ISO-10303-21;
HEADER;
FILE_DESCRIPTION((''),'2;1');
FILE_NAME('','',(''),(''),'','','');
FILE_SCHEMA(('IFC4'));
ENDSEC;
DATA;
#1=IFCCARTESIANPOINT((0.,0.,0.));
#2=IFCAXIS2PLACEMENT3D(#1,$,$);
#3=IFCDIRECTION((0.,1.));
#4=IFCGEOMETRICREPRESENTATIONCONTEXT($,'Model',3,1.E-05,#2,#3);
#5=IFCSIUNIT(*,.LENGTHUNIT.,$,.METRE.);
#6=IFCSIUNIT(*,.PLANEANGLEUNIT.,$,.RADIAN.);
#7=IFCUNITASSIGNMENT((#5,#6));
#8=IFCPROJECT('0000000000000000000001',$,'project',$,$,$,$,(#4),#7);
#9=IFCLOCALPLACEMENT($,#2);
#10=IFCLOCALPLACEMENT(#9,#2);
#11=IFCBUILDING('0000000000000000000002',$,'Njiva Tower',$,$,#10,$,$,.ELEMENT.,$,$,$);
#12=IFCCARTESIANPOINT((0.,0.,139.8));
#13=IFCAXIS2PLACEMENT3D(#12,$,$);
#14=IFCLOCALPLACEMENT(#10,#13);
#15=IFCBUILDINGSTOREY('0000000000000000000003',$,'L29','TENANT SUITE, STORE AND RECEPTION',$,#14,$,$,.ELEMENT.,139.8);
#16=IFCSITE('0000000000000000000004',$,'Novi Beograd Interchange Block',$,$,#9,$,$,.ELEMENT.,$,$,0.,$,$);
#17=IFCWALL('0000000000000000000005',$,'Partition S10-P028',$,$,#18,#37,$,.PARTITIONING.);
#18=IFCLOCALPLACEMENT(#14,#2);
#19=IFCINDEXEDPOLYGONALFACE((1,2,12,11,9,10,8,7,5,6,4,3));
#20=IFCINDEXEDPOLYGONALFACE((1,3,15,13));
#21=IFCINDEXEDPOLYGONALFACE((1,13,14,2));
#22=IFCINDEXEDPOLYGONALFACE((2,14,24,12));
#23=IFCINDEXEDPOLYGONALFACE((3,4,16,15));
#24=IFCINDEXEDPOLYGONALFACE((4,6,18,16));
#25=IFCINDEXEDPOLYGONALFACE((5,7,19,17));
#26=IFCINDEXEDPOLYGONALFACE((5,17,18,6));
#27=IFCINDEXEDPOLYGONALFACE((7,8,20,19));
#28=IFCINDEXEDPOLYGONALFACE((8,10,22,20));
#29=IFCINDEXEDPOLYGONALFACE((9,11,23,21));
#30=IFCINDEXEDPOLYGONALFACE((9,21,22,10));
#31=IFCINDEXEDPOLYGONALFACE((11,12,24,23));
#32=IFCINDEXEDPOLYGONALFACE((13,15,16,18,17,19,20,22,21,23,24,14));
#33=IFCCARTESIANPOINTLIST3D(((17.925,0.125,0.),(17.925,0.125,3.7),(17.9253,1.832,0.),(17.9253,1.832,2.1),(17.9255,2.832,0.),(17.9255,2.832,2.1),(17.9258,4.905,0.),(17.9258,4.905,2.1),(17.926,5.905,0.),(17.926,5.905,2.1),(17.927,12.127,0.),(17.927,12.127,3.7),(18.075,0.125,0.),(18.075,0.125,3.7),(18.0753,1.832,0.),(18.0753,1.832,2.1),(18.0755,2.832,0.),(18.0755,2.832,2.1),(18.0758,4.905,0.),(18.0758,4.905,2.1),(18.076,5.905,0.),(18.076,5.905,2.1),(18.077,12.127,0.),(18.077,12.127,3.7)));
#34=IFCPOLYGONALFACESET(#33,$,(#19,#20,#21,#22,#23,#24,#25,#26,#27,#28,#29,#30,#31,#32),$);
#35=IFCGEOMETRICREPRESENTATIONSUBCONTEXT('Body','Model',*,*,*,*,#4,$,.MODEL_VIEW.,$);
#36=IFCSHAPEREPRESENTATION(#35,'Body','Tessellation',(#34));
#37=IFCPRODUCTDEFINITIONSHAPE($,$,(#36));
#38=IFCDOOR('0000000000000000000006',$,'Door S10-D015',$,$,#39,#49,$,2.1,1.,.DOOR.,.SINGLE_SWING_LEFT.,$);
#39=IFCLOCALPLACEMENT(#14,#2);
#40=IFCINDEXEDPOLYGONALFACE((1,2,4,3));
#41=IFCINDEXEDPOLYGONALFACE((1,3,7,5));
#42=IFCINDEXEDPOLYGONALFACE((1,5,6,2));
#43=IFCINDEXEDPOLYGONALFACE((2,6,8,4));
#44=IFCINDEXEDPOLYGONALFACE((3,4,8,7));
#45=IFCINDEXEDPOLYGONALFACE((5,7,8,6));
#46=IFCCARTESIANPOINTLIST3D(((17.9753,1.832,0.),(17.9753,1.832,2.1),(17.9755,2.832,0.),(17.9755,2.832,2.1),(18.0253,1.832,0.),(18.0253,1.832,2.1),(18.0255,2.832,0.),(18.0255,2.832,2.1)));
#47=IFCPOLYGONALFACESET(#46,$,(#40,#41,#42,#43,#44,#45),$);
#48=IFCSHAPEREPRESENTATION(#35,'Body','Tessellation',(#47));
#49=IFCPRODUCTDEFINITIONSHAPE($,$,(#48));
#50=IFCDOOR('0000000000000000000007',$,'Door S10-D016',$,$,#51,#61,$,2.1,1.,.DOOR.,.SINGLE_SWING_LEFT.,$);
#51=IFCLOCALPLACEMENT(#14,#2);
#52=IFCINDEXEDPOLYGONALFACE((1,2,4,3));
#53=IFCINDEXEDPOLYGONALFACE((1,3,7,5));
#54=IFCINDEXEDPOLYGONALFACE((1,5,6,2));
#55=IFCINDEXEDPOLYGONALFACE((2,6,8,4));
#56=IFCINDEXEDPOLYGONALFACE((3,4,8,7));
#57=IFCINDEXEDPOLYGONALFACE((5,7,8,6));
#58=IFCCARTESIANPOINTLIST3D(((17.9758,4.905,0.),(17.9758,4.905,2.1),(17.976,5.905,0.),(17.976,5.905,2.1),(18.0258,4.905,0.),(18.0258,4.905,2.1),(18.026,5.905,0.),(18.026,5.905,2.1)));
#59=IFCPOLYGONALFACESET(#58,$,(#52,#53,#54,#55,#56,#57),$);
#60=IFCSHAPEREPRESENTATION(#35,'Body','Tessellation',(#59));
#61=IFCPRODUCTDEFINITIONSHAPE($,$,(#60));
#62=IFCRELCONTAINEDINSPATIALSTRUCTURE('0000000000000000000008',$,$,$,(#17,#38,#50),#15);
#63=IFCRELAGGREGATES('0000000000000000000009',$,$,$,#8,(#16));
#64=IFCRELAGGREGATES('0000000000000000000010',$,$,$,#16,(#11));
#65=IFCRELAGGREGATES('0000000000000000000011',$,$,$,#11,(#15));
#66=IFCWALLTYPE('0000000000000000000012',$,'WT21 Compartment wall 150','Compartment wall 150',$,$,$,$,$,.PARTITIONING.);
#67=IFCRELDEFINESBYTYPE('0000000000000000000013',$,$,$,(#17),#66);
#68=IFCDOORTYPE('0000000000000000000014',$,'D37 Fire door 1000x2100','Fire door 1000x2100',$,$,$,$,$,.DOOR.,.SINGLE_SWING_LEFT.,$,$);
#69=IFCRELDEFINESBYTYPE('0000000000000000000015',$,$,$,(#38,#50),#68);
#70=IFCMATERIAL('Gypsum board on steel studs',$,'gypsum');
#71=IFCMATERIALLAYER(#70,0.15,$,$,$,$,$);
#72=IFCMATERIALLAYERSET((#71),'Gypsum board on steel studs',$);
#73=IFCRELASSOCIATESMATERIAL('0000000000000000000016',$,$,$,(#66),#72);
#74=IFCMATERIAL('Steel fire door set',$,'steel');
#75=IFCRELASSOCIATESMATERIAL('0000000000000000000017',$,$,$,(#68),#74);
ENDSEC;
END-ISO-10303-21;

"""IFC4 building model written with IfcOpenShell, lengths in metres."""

from ifc_helpers import new_model, si_unit, direction, frame, frame_2d, origin, place, context, subcontext, project, spatial, rectangle, extrude, material, layer, layer_set, type_object, element, fill, save


model = new_model("IFC4")

# Units and contexts
model_context = context("Model", 3, precision=1e-05, world=origin(), true_north=direction((0.0, 1.0)))
body_context = subcontext(model_context, "Body", "Model", "MODEL_VIEW")
ifc_project = project(units=[si_unit("LENGTHUNIT", "METRE"), si_unit("PLANEANGLEUNIT", "RADIAN")], contexts=[model_context])

# Site, building, storey
site_placement = place(None, origin())
site = spatial("IfcSite", under=ifc_project, at=site_placement, Name="Novi Beograd Interchange Block", CompositionType="ELEMENT", RefElevation=0.0)
building_placement = place(site_placement, origin())
building = spatial("IfcBuilding", under=site, at=building_placement, Name="Njiva Tower", CompositionType="ELEMENT")
storey_placement = place(building_placement, frame((0.0, 0.0, 139.8)))
storey = spatial("IfcBuildingStorey", under=building, at=storey_placement, Name="L29", Description="TENANT SUITE, STORE AND RECEPTION", CompositionType="ELEMENT", Elevation=139.8)

# Shared definitions
ifc_material_1 = material(Name="Gypsum board on steel studs", Category="gypsum")
ifc_layer_1 = layer(ifc_material_1, 0.15)
ifc_layer_set_1 = layer_set([ifc_layer_1], Name="Gypsum board on steel studs")
wall_type_1 = type_object("IfcWallType", Name="WT21 Compartment wall 150", Description="Compartment wall 150", PredefinedType="PARTITIONING", material=ifc_layer_set_1)

# Wall, openings, doors
wall_1_placement = place(storey_placement, frame((18.0, 0.125, 0.0), z_axis=(0.0, 0.0, 1.0), x_axis=(0.000167, 1.0, 0.0)))
wall_1 = element("IfcWall", 1, at=wall_1_placement, inside=storey, type_object=wall_type_1, Name="Partition S10-P028", PredefinedType="PARTITIONING", context=body_context, shape_type="SweptSolid", body=[
    extrude(rectangle(XDim=12.002, YDim=0.15, at=frame_2d((6.001, 0.0))), origin(), (0.0, 0.0, 1.0), 3.7),
])
opening_1_placement = place(wall_1_placement, frame((1.707, 0.0, 0.0)))
opening_1 = element("IfcOpeningElement", 2, at=opening_1_placement, cuts=wall_1, PredefinedType="OPENING", context=body_context, shape_type="SweptSolid", body=[
    extrude(rectangle(XDim=1.0, YDim=2.1, at=frame_2d((0.5, 1.05))), frame((0.0, 0.085, 0.0), z_axis=(0.0, -1.0, 0.0), x_axis=(1.0, 0.0, 0.0)), (0.0, 0.0, 1.0), 0.17),
])
opening_2_placement = place(wall_1_placement, frame((4.78, 0.0, 0.0)))
opening_2 = element("IfcOpeningElement", 3, at=opening_2_placement, cuts=wall_1, PredefinedType="OPENING", context=body_context, shape_type="SweptSolid", body=[
    extrude(rectangle(XDim=1.0, YDim=2.1, at=frame_2d((0.5, 1.05))), frame((0.0, 0.085, 0.0), z_axis=(0.0, -1.0, 0.0), x_axis=(1.0, 0.0, 0.0)), (0.0, 0.0, 1.0), 0.17),
])
ifc_material_2 = material(Name="Steel fire door set", Category="steel")
door_type = type_object("IfcDoorType", Name="D37 Fire door 1000x2100", Description="Fire door 1000x2100", OperationType="SINGLE_SWING_LEFT", PredefinedType="DOOR", material=ifc_material_2)
door_1_placement = place(opening_1_placement, origin())
door_1 = element("IfcDoor", 4, at=door_1_placement, inside=storey, type_object=door_type, Name="Door S10-D015", OperationType="SINGLE_SWING_LEFT", OverallHeight=2.1, OverallWidth=1.0, PredefinedType="DOOR", context=body_context, shape_type="SweptSolid", body=[
    extrude(rectangle(XDim=1.0, YDim=2.1, at=frame_2d((0.5, 1.05))), frame((0.0, 0.025, 0.0), z_axis=(0.0, -1.0, 0.0), x_axis=(1.0, 0.0, 0.0)), (0.0, 0.0, 1.0), 0.05),
])
fill(opening_1, door_1)
door_2_placement = place(opening_2_placement, origin())
door_2 = element("IfcDoor", 5, at=door_2_placement, inside=storey, type_object=door_type, Name="Door S10-D016", OperationType="SINGLE_SWING_LEFT", OverallHeight=2.1, OverallWidth=1.0, PredefinedType="DOOR", context=body_context, shape_type="SweptSolid", body=[
    extrude(rectangle(XDim=1.0, YDim=2.1, at=frame_2d((0.5, 1.05))), frame((0.0, 0.025, 0.0), z_axis=(0.0, -1.0, 0.0), x_axis=(1.0, 0.0, 0.0)), (0.0, 0.0, 1.0), 0.05),
])
fill(opening_2, door_2)

save(model, "model.ifc")
